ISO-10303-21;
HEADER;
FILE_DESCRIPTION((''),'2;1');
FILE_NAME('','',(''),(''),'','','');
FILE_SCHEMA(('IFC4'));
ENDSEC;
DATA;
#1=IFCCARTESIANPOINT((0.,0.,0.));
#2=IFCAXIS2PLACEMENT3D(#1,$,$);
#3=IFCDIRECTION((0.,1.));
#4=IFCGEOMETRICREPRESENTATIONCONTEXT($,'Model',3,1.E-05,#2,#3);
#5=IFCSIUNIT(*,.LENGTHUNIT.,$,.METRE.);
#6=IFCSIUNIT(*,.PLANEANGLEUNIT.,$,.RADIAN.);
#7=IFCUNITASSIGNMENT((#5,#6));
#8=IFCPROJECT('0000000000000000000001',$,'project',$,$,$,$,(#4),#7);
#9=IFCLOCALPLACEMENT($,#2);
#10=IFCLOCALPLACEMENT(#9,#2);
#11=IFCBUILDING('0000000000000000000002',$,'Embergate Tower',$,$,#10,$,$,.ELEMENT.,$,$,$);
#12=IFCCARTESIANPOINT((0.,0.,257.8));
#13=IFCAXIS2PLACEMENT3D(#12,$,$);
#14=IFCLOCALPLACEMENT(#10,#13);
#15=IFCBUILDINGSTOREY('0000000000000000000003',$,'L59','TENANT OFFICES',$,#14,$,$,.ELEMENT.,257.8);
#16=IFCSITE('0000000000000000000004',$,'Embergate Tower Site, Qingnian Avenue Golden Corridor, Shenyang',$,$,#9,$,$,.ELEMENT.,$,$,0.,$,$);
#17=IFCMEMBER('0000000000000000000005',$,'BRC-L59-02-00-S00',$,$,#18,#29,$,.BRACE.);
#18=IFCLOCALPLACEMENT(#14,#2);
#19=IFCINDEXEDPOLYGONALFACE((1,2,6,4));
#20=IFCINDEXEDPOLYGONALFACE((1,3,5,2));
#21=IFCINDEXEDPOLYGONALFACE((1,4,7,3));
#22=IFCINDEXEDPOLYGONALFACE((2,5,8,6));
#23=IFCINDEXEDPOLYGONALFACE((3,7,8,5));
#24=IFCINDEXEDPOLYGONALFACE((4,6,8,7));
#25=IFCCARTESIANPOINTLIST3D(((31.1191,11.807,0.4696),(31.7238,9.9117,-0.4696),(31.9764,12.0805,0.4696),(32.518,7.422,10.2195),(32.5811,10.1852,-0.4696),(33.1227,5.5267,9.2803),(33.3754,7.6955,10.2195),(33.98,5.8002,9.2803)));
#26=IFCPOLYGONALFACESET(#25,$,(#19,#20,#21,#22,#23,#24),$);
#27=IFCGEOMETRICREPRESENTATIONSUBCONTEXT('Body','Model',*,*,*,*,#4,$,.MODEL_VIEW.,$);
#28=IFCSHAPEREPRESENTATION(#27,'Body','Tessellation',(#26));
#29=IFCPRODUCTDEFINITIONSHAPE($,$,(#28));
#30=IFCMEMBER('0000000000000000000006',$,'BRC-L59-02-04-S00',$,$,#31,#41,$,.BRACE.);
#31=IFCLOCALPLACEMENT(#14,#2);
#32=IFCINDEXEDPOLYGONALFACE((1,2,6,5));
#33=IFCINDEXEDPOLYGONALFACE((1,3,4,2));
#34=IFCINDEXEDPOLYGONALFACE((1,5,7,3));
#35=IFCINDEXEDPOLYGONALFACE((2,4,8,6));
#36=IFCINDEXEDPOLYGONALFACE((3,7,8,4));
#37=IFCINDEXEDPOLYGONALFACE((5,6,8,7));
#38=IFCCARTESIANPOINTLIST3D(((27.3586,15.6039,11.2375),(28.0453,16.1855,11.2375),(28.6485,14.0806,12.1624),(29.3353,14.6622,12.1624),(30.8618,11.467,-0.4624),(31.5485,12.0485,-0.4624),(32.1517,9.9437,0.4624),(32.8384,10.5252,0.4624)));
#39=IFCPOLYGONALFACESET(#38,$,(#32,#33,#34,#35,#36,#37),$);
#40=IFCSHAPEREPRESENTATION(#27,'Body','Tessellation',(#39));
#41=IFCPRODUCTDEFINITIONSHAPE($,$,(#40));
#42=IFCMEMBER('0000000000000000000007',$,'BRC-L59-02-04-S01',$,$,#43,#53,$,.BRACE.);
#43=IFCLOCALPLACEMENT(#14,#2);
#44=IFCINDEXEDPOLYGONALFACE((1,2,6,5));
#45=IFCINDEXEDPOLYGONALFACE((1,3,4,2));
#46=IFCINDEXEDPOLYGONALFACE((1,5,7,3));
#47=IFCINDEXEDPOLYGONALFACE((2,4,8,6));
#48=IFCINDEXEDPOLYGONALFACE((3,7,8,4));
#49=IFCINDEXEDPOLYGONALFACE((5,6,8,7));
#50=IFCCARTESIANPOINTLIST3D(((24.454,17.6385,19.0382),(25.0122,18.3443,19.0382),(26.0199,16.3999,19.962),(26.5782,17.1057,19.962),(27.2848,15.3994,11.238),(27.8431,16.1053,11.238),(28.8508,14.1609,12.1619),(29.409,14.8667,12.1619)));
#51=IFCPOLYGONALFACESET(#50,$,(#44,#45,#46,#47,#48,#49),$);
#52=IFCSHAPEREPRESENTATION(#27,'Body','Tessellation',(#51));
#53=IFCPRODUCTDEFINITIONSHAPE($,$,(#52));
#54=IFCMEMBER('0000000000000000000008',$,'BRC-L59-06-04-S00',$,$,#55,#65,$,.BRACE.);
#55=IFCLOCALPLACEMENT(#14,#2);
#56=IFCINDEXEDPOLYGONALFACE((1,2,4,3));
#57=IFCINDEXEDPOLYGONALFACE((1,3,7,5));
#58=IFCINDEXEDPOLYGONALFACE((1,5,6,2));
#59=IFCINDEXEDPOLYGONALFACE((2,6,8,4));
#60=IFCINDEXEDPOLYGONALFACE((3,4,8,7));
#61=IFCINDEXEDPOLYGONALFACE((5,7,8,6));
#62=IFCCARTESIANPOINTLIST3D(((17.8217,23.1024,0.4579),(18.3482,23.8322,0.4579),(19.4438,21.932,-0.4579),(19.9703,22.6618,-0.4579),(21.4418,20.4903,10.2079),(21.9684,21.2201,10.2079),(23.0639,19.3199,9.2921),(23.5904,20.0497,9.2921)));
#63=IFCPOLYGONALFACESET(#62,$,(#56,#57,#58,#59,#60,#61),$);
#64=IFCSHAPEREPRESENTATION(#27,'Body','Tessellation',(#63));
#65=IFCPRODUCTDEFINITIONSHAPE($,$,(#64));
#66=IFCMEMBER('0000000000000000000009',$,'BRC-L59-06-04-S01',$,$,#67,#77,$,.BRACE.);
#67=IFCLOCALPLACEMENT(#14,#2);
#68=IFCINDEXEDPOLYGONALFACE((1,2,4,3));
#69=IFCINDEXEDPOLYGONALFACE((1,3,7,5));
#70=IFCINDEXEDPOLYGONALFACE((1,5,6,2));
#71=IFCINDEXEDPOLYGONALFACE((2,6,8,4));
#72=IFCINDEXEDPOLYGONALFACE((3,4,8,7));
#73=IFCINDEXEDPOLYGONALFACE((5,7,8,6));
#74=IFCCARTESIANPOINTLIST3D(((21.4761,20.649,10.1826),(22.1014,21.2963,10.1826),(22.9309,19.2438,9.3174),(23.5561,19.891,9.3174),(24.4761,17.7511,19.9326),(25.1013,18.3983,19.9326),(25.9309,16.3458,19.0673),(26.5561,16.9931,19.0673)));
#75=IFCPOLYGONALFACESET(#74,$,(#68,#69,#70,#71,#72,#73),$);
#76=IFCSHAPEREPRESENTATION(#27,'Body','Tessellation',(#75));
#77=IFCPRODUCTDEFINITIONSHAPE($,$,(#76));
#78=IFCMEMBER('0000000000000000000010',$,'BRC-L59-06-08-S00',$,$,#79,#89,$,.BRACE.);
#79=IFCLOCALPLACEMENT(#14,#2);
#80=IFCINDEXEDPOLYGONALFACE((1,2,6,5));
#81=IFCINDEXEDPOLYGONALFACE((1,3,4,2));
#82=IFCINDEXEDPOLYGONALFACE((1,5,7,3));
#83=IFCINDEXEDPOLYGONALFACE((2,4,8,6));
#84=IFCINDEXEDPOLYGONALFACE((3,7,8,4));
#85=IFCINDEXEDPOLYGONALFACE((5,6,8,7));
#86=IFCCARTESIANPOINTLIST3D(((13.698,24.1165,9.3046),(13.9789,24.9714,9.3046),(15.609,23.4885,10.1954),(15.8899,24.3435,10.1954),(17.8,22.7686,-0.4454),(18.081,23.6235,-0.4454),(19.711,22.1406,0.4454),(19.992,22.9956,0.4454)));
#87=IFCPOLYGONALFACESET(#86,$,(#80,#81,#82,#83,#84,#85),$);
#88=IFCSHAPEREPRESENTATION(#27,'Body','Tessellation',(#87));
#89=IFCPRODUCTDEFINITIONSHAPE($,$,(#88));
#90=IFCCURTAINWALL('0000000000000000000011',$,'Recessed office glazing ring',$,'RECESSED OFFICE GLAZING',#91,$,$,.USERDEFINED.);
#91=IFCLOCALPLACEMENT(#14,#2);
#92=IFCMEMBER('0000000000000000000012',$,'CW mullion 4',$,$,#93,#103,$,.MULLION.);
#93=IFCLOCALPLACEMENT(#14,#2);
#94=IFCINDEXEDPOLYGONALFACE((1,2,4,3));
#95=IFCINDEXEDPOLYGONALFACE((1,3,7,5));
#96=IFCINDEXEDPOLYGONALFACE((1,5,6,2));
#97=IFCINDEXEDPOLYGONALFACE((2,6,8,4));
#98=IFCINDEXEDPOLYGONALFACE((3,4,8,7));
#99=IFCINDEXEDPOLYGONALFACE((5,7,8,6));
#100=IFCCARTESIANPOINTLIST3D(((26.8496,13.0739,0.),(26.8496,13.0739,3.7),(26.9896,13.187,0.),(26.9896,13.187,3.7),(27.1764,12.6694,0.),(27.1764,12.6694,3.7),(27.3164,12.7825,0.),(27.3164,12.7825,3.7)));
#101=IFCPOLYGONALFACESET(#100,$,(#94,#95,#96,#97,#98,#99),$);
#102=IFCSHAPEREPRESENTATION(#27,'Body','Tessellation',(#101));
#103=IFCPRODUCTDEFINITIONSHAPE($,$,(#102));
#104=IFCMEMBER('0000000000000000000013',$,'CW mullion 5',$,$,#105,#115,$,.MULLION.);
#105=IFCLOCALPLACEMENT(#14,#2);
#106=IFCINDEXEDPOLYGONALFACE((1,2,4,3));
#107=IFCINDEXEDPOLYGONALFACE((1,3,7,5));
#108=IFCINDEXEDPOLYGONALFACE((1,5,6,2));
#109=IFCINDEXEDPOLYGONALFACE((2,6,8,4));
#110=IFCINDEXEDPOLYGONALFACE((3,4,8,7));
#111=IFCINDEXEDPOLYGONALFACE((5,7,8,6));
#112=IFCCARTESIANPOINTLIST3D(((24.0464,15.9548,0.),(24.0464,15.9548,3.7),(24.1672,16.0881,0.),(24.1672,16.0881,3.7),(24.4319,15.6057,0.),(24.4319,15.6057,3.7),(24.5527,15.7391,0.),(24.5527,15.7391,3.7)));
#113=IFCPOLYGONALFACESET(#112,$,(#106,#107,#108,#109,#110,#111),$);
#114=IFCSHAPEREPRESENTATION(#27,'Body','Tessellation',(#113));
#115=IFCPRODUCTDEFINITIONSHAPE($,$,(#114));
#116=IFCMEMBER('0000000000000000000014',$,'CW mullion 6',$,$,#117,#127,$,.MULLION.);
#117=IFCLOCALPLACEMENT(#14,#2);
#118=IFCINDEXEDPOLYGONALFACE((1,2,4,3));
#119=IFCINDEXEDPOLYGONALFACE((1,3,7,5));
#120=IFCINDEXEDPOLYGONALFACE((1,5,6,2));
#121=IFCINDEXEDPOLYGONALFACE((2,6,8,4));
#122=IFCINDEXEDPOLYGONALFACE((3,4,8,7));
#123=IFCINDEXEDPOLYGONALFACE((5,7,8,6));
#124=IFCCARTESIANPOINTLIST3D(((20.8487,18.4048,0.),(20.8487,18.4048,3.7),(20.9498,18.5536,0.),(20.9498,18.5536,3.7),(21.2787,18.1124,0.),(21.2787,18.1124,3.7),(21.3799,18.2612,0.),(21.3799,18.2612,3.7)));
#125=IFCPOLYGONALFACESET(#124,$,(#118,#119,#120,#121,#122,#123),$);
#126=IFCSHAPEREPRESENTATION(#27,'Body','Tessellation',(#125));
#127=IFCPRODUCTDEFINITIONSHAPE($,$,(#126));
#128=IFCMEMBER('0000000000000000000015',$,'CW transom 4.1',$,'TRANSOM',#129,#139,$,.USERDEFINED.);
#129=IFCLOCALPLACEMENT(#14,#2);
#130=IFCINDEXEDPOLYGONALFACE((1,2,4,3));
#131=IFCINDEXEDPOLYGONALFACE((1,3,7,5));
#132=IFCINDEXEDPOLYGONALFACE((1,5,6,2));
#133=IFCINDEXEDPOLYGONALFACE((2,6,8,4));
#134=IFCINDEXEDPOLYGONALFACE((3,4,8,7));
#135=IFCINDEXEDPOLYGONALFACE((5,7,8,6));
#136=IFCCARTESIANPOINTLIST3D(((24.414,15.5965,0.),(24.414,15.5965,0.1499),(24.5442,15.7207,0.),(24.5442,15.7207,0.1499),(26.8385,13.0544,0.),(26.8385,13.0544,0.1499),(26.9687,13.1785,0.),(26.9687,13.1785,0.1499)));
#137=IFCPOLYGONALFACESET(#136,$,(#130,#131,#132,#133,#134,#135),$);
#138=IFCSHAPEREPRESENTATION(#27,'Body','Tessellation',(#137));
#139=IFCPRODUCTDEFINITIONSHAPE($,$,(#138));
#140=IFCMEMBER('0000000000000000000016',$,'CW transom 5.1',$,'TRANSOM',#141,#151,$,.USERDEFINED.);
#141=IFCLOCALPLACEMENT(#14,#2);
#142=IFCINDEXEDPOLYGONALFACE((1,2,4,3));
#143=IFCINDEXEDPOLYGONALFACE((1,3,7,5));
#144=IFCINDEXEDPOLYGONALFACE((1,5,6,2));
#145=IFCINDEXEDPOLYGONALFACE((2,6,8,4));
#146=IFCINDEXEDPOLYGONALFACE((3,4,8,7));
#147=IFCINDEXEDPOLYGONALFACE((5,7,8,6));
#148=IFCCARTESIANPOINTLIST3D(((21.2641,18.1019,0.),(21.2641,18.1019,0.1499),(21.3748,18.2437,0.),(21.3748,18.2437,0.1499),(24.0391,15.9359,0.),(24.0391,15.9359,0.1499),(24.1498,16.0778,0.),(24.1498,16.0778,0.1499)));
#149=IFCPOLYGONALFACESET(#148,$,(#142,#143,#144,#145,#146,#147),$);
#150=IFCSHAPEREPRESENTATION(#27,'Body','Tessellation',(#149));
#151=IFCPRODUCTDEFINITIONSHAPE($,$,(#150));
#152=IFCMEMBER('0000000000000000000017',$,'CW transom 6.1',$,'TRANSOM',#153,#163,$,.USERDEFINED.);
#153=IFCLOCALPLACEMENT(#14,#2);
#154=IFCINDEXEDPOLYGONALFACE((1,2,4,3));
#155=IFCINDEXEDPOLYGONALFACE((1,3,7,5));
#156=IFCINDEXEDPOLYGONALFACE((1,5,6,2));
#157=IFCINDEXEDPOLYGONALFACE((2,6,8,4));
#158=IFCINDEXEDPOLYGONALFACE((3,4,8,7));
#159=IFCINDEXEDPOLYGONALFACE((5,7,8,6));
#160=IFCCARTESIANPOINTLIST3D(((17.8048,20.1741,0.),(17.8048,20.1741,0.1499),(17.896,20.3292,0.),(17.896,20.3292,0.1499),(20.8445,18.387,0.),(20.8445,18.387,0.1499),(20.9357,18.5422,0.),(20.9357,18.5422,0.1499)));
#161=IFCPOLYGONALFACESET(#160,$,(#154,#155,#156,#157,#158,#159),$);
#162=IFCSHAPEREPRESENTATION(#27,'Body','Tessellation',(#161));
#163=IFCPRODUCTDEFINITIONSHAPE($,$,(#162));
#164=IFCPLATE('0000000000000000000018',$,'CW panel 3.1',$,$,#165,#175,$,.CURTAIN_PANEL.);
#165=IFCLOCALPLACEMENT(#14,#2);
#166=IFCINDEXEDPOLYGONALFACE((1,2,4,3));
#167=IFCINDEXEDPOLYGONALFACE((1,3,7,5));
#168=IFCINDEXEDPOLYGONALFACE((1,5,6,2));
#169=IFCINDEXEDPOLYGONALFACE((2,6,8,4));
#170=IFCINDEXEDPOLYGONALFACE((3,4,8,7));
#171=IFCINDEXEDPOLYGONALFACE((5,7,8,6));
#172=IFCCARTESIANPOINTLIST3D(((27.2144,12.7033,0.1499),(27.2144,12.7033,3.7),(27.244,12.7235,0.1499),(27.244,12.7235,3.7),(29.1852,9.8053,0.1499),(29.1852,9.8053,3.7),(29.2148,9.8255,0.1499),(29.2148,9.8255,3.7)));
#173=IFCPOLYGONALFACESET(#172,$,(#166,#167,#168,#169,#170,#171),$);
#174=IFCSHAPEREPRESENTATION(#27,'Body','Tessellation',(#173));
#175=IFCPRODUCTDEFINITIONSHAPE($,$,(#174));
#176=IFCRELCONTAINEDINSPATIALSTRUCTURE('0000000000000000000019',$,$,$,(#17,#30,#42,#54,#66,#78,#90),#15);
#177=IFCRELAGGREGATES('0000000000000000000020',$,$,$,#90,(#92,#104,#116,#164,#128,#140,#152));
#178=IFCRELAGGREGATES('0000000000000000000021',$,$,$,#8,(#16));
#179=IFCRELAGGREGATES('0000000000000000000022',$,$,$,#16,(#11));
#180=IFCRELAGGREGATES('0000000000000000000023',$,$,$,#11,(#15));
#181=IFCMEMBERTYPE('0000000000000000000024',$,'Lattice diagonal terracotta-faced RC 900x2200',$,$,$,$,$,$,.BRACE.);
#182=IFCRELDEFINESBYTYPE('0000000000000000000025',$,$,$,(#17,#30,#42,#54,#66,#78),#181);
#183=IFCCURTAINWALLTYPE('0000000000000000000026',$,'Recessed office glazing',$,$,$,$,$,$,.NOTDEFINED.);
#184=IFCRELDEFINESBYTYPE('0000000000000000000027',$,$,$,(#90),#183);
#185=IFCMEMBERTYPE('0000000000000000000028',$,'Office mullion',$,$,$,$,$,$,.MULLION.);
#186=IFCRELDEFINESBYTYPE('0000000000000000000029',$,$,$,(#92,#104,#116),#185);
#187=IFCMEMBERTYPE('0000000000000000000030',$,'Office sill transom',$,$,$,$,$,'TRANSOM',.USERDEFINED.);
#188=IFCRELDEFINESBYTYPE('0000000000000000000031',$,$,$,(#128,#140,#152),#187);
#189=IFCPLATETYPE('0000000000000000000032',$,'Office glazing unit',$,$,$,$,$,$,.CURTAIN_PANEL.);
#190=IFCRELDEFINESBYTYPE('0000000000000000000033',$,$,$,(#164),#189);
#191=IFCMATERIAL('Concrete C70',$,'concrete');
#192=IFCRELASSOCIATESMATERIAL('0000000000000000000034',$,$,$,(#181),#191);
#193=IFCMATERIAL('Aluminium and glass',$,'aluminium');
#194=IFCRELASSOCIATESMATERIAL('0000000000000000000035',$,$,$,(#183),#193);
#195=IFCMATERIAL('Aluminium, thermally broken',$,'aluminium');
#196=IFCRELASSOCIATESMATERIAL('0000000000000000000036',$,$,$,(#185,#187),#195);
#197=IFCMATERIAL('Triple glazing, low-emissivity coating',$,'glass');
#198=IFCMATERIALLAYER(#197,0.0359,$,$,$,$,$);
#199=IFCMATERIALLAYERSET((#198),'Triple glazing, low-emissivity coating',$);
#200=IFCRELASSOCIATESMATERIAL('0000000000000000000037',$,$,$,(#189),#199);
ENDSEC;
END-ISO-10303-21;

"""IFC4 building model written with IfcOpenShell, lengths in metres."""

from ifc_helpers import new_model, si_unit, direction, frame, origin, origin_2d, place, context, subcontext, project, spatial, rectangle, extrude, source, transform, mapped, material, layer, layer_set, material_profile, profile_set, type_object, element, aggregate, save


model = new_model("IFC4")

# Units and contexts
model_context = context("Model", 3, precision=1e-05, world=origin(), true_north=direction((0.0, 1.0)))
body_context = subcontext(model_context, "Body", "Model", "MODEL_VIEW")
ifc_project = project(units=[si_unit("LENGTHUNIT", "METRE"), si_unit("PLANEANGLEUNIT", "RADIAN")], contexts=[model_context])

# Site, building, storey
site_placement = place(None, origin())
site = spatial("IfcSite", under=ifc_project, at=site_placement, Name="Embergate Tower Site, Qingnian Avenue Golden Corridor, Shenyang", CompositionType="ELEMENT", RefElevation=0.0)
building_placement = place(site_placement, origin())
building = spatial("IfcBuilding", under=site, at=building_placement, Name="Embergate Tower", CompositionType="ELEMENT")
storey_placement = place(building_placement, frame((0.0, 0.0, 257.8)))
storey = spatial("IfcBuildingStorey", under=building, at=storey_placement, Name="L59", Description="TENANT OFFICES", CompositionType="ELEMENT", Elevation=257.8)

# Members
ifc_material_1 = material(Name="Concrete C70", Category="concrete")
ifc_material_profile_1 = material_profile(ifc_material_1, rectangle(XDim=0.8999, YDim=2.2, at=origin_2d()), Name="RC 900x2200")
ifc_profile_set_1 = profile_set([ifc_material_profile_1], Name="Concrete C70")
member_type_1 = type_object("IfcMemberType", Name="Lattice diagonal terracotta-faced RC 900x2200", PredefinedType="BRACE", material=ifc_profile_set_1)
shared_shape_1 = source(origin(), body_context, "Body", "SweptSolid", [
    extrude(rectangle(XDim=0.8999, YDim=2.2, at=origin_2d()), origin(), (0.0, 0.0, 1.0), 10.7817),
])
member_1_placement = place(storey_placement, frame((31.8501, 10.9961, 0.0), z_axis=(0.129748, -0.406704, 0.904299), x_axis=(0.952694, 0.303933, 0.0)))
element("IfcMember", 1, at=member_1_placement, inside=storey, type_object=member_type_1, Name="BRC-L59-02-00-S00", PredefinedType="BRACE", context=body_context, shape_type="MappedRepresentation", body=[
    mapped(shared_shape_1, transform((0.0, 0.0, 0.0))),
])
shared_shape_2 = source(origin(), body_context, "Body", "SweptSolid", [
    extrude(rectangle(XDim=0.8999, YDim=2.2, at=origin_2d()), origin(), (0.0, 0.0, 1.0), 12.8948),
])
member_2_placement = place(storey_placement, frame((31.8501, 10.9961, 0.0), z_axis=(-0.271674, 0.320824, 0.90734), x_axis=(-0.763144, -0.646229, 0.0)))
element("IfcMember", 2, at=member_2_placement, inside=storey, type_object=member_type_1, Name="BRC-L59-02-04-S00", PredefinedType="BRACE", context=body_context, shape_type="MappedRepresentation", body=[
    mapped(shared_shape_2, transform((0.0, 0.0, 0.0))),
])
shared_shape_3 = source(origin(), body_context, "Body", "SweptSolid", [
    extrude(rectangle(XDim=0.8999, YDim=2.2, at=origin_2d()), origin(), (0.0, 0.0, 1.0), 8.5947),
])
member_3_placement = place(storey_placement, frame((28.3469, 15.1331, 11.7), z_axis=(-0.32937, 0.260514, 0.907551), x_axis=(-0.620355, -0.784321, 0.0)))
element("IfcMember", 3, at=member_3_placement, inside=storey, type_object=member_type_1, Name="BRC-L59-02-04-S01", PredefinedType="BRACE", context=body_context, shape_type="MappedRepresentation", body=[
    mapped(shared_shape_3, transform((0.0, 0.0, 0.0))),
])
shared_shape_4 = source(origin(), body_context, "Body", "SweptSolid", [
    extrude(rectangle(XDim=0.8999, YDim=2.2, at=origin_2d()), origin(), (0.0, 0.0, 1.0), 10.7234),
])
member_4_placement = place(storey_placement, frame((18.896, 22.8821, 0.0), z_axis=(0.337591, -0.243586, 0.909229), x_axis=(0.585127, 0.810942, 0.0)))
element("IfcMember", 4, at=member_4_placement, inside=storey, type_object=member_type_1, Name="BRC-L59-06-04-S00", PredefinedType="BRACE", context=body_context, shape_type="MappedRepresentation", body=[
    mapped(shared_shape_4, transform((0.0, 0.0, 0.0))),
])
shared_shape_5 = source(origin(), body_context, "Body", "SweptSolid", [
    extrude(rectangle(XDim=0.8999, YDim=2.2, at=origin_2d()), origin(), (0.0, 0.0, 1.0), 10.6047),
])
member_5_placement = place(storey_placement, frame((22.5161, 20.27, 9.75), z_axis=(0.282892, -0.273269, 0.9194), x_axis=(0.694768, 0.719234, 0.0)))
element("IfcMember", 5, at=member_5_placement, inside=storey, type_object=member_type_1, Name="BRC-L59-06-04-S01", PredefinedType="BRACE", context=body_context, shape_type="MappedRepresentation", body=[
    mapped(shared_shape_5, transform((0.0, 0.0, 0.0))),
])
shared_shape_6 = source(origin(), body_context, "Body", "SweptSolid", [
    extrude(rectangle(XDim=0.8999, YDim=2.2, at=origin_2d()), origin(), (0.0, 0.0, 1.0), 10.6633),
])
member_6_placement = place(storey_placement, frame((18.896, 22.8821, 0.0), z_axis=(-0.384688, 0.126405, 0.91435), x_axis=(-0.312171, -0.950026, 0.0)))
element("IfcMember", 6, at=member_6_placement, inside=storey, type_object=member_type_1, Name="BRC-L59-06-08-S00", PredefinedType="BRACE", context=body_context, shape_type="MappedRepresentation", body=[
    mapped(shared_shape_6, transform((0.0, 0.0, 0.0))),
])

# Curtain wall, members, plate
ifc_material_2 = material(Name="Aluminium and glass", Category="aluminium")
curtain_wall_type = type_object("IfcCurtainWallType", Name="Recessed office glazing", PredefinedType="NOTDEFINED", material=ifc_material_2)
curtain_wall_placement = place(storey_placement, origin())
curtain_wall = element("IfcCurtainWall", 7, at=curtain_wall_placement, inside=storey, type_object=curtain_wall_type, Name="Recessed office glazing ring", ObjectType="RECESSED OFFICE GLAZING", PredefinedType="USERDEFINED")
ifc_material_3 = material(Name="Aluminium, thermally broken", Category="aluminium")
ifc_material_profile_2 = material_profile(ifc_material_3, rectangle(XDim=0.1799, YDim=0.52, at=origin_2d()), Name="AL 520x180")
ifc_profile_set_2 = profile_set([ifc_material_profile_2], Name="Aluminium, thermally broken")
member_type_2 = type_object("IfcMemberType", Name="Office mullion", PredefinedType="MULLION", material=ifc_profile_set_2)
shared_shape_7 = source(origin(), body_context, "Body", "SweptSolid", [
    extrude(rectangle(XDim=0.1799, YDim=0.52, at=origin_2d()), origin(), (0.0, 0.0, 1.0), 3.7),
])
member_7_placement = place(storey_placement, frame((27.083, 12.9282, 0.0), z_axis=(0.0, 0.0, 1.0), x_axis=(-0.777864, -0.628433, 0.0)))
member_7 = element("IfcMember", 8, at=member_7_placement, type_object=member_type_2, Name="CW mullion 4", PredefinedType="MULLION", context=body_context, shape_type="MappedRepresentation", body=[
    mapped(shared_shape_7, transform((0.0, 0.0, 0.0))),
])
member_8_placement = place(storey_placement, frame((24.2996, 15.8469, 0.0), z_axis=(0.0, 0.0, 1.0), x_axis=(-0.671217, -0.74126, 0.0)))
member_8 = element("IfcMember", 9, at=member_8_placement, type_object=member_type_2, Name="CW mullion 5", PredefinedType="MULLION", context=body_context, shape_type="MappedRepresentation", body=[
    mapped(shared_shape_7, transform((0.0, 0.0, 0.0))),
])
member_9_placement = place(storey_placement, frame((21.1143, 18.333, 0.0), z_axis=(0.0, 0.0, 1.0), x_axis=(-0.562209, -0.826995, 0.0)))
member_9 = element("IfcMember", 10, at=member_9_placement, type_object=member_type_2, Name="CW mullion 6", PredefinedType="MULLION", context=body_context, shape_type="MappedRepresentation", body=[
    mapped(shared_shape_7, transform((0.0, 0.0, 0.0))),
])
ifc_material_profile_3 = material_profile(ifc_material_3, rectangle(XDim=0.1799, YDim=0.1499, at=origin_2d()), Name="AL 150x180")
ifc_profile_set_3 = profile_set([ifc_material_profile_3], Name="Aluminium, thermally broken")
member_type_3 = type_object("IfcMemberType", Name="Office sill transom", ElementType="TRANSOM", PredefinedType="USERDEFINED", material=ifc_profile_set_3)
shared_shape_8 = source(origin(), body_context, "Body", "SweptSolid", [
    extrude(rectangle(XDim=0.1799, YDim=0.1499, at=origin_2d()), origin(), (0.0, 0.0, 1.0), 3.5129),
])
member_10_placement = place(storey_placement, frame((26.9036, 13.1165, 0.075), z_axis=(-0.69016, 0.723657, 0.0), x_axis=(-0.723657, -0.69016, 0.0)))
member_10 = element("IfcMember", 11, at=member_10_placement, type_object=member_type_3, Name="CW transom 4.1", ObjectType="TRANSOM", PredefinedType="USERDEFINED", context=body_context, shape_type="MappedRepresentation", body=[
    mapped(shared_shape_8, transform((0.0, 0.0, 0.0))),
])
shared_shape_9 = source(origin(), body_context, "Body", "SweptSolid", [
    extrude(rectangle(XDim=0.1799, YDim=0.1499, at=origin_2d()), origin(), (0.0, 0.0, 1.0), 3.5203),
])
member_11_placement = place(storey_placement, frame((24.0945, 16.0068, 0.075), z_axis=(-0.788309, 0.615279, 0.0), x_axis=(-0.615279, -0.788309, 0.0)))
member_11 = element("IfcMember", 12, at=member_11_placement, type_object=member_type_3, Name="CW transom 5.1", ObjectType="TRANSOM", PredefinedType="USERDEFINED", context=body_context, shape_type="MappedRepresentation", body=[
    mapped(shared_shape_9, transform((0.0, 0.0, 0.0))),
])
shared_shape_10 = source(origin(), body_context, "Body", "SweptSolid", [
    extrude(rectangle(XDim=0.1799, YDim=0.1499, at=origin_2d()), origin(), (0.0, 0.0, 1.0), 3.5261),
])
member_12_placement = place(storey_placement, frame((20.8901, 18.4646, 0.075), z_axis=(-0.862059, 0.506808, 0.0), x_axis=(-0.506808, -0.862059, 0.0)))
member_12 = element("IfcMember", 13, at=member_12_placement, type_object=member_type_3, Name="CW transom 6.1", ObjectType="TRANSOM", PredefinedType="USERDEFINED", context=body_context, shape_type="MappedRepresentation", body=[
    mapped(shared_shape_10, transform((0.0, 0.0, 0.0))),
])
ifc_material_4 = material(Name="Triple glazing, low-emissivity coating", Category="glass")
ifc_layer_1 = layer(ifc_material_4, 0.0359)
ifc_layer_set_1 = layer_set([ifc_layer_1], Name="Triple glazing, low-emissivity coating")
plate_type = type_object("IfcPlateType", Name="Office glazing unit", PredefinedType="CURTAIN_PANEL", material=ifc_layer_set_1)
shared_shape_11 = source(origin(), body_context, "Body", "SweptSolid", [
    extrude(rectangle(XDim=3.5046, YDim=0.0359, at=origin_2d()), origin(), (0.0, 0.0, 1.0), 3.55),
])
plate_1_placement = place(storey_placement, frame((28.2146, 11.2644, 0.1499), z_axis=(0.0, 0.0, 1.0), x_axis=(-0.562346, 0.826902, 0.0)))
plate_1 = element("IfcPlate", 14, at=plate_1_placement, type_object=plate_type, Name="CW panel 3.1", PredefinedType="CURTAIN_PANEL", context=body_context, shape_type="MappedRepresentation", body=[
    mapped(shared_shape_11, transform((0.0, 0.0, 0.0))),
])
aggregate(curtain_wall, [member_7, member_8, member_9, plate_1, member_10, member_11, member_12])

save(model, "model.ifc")
